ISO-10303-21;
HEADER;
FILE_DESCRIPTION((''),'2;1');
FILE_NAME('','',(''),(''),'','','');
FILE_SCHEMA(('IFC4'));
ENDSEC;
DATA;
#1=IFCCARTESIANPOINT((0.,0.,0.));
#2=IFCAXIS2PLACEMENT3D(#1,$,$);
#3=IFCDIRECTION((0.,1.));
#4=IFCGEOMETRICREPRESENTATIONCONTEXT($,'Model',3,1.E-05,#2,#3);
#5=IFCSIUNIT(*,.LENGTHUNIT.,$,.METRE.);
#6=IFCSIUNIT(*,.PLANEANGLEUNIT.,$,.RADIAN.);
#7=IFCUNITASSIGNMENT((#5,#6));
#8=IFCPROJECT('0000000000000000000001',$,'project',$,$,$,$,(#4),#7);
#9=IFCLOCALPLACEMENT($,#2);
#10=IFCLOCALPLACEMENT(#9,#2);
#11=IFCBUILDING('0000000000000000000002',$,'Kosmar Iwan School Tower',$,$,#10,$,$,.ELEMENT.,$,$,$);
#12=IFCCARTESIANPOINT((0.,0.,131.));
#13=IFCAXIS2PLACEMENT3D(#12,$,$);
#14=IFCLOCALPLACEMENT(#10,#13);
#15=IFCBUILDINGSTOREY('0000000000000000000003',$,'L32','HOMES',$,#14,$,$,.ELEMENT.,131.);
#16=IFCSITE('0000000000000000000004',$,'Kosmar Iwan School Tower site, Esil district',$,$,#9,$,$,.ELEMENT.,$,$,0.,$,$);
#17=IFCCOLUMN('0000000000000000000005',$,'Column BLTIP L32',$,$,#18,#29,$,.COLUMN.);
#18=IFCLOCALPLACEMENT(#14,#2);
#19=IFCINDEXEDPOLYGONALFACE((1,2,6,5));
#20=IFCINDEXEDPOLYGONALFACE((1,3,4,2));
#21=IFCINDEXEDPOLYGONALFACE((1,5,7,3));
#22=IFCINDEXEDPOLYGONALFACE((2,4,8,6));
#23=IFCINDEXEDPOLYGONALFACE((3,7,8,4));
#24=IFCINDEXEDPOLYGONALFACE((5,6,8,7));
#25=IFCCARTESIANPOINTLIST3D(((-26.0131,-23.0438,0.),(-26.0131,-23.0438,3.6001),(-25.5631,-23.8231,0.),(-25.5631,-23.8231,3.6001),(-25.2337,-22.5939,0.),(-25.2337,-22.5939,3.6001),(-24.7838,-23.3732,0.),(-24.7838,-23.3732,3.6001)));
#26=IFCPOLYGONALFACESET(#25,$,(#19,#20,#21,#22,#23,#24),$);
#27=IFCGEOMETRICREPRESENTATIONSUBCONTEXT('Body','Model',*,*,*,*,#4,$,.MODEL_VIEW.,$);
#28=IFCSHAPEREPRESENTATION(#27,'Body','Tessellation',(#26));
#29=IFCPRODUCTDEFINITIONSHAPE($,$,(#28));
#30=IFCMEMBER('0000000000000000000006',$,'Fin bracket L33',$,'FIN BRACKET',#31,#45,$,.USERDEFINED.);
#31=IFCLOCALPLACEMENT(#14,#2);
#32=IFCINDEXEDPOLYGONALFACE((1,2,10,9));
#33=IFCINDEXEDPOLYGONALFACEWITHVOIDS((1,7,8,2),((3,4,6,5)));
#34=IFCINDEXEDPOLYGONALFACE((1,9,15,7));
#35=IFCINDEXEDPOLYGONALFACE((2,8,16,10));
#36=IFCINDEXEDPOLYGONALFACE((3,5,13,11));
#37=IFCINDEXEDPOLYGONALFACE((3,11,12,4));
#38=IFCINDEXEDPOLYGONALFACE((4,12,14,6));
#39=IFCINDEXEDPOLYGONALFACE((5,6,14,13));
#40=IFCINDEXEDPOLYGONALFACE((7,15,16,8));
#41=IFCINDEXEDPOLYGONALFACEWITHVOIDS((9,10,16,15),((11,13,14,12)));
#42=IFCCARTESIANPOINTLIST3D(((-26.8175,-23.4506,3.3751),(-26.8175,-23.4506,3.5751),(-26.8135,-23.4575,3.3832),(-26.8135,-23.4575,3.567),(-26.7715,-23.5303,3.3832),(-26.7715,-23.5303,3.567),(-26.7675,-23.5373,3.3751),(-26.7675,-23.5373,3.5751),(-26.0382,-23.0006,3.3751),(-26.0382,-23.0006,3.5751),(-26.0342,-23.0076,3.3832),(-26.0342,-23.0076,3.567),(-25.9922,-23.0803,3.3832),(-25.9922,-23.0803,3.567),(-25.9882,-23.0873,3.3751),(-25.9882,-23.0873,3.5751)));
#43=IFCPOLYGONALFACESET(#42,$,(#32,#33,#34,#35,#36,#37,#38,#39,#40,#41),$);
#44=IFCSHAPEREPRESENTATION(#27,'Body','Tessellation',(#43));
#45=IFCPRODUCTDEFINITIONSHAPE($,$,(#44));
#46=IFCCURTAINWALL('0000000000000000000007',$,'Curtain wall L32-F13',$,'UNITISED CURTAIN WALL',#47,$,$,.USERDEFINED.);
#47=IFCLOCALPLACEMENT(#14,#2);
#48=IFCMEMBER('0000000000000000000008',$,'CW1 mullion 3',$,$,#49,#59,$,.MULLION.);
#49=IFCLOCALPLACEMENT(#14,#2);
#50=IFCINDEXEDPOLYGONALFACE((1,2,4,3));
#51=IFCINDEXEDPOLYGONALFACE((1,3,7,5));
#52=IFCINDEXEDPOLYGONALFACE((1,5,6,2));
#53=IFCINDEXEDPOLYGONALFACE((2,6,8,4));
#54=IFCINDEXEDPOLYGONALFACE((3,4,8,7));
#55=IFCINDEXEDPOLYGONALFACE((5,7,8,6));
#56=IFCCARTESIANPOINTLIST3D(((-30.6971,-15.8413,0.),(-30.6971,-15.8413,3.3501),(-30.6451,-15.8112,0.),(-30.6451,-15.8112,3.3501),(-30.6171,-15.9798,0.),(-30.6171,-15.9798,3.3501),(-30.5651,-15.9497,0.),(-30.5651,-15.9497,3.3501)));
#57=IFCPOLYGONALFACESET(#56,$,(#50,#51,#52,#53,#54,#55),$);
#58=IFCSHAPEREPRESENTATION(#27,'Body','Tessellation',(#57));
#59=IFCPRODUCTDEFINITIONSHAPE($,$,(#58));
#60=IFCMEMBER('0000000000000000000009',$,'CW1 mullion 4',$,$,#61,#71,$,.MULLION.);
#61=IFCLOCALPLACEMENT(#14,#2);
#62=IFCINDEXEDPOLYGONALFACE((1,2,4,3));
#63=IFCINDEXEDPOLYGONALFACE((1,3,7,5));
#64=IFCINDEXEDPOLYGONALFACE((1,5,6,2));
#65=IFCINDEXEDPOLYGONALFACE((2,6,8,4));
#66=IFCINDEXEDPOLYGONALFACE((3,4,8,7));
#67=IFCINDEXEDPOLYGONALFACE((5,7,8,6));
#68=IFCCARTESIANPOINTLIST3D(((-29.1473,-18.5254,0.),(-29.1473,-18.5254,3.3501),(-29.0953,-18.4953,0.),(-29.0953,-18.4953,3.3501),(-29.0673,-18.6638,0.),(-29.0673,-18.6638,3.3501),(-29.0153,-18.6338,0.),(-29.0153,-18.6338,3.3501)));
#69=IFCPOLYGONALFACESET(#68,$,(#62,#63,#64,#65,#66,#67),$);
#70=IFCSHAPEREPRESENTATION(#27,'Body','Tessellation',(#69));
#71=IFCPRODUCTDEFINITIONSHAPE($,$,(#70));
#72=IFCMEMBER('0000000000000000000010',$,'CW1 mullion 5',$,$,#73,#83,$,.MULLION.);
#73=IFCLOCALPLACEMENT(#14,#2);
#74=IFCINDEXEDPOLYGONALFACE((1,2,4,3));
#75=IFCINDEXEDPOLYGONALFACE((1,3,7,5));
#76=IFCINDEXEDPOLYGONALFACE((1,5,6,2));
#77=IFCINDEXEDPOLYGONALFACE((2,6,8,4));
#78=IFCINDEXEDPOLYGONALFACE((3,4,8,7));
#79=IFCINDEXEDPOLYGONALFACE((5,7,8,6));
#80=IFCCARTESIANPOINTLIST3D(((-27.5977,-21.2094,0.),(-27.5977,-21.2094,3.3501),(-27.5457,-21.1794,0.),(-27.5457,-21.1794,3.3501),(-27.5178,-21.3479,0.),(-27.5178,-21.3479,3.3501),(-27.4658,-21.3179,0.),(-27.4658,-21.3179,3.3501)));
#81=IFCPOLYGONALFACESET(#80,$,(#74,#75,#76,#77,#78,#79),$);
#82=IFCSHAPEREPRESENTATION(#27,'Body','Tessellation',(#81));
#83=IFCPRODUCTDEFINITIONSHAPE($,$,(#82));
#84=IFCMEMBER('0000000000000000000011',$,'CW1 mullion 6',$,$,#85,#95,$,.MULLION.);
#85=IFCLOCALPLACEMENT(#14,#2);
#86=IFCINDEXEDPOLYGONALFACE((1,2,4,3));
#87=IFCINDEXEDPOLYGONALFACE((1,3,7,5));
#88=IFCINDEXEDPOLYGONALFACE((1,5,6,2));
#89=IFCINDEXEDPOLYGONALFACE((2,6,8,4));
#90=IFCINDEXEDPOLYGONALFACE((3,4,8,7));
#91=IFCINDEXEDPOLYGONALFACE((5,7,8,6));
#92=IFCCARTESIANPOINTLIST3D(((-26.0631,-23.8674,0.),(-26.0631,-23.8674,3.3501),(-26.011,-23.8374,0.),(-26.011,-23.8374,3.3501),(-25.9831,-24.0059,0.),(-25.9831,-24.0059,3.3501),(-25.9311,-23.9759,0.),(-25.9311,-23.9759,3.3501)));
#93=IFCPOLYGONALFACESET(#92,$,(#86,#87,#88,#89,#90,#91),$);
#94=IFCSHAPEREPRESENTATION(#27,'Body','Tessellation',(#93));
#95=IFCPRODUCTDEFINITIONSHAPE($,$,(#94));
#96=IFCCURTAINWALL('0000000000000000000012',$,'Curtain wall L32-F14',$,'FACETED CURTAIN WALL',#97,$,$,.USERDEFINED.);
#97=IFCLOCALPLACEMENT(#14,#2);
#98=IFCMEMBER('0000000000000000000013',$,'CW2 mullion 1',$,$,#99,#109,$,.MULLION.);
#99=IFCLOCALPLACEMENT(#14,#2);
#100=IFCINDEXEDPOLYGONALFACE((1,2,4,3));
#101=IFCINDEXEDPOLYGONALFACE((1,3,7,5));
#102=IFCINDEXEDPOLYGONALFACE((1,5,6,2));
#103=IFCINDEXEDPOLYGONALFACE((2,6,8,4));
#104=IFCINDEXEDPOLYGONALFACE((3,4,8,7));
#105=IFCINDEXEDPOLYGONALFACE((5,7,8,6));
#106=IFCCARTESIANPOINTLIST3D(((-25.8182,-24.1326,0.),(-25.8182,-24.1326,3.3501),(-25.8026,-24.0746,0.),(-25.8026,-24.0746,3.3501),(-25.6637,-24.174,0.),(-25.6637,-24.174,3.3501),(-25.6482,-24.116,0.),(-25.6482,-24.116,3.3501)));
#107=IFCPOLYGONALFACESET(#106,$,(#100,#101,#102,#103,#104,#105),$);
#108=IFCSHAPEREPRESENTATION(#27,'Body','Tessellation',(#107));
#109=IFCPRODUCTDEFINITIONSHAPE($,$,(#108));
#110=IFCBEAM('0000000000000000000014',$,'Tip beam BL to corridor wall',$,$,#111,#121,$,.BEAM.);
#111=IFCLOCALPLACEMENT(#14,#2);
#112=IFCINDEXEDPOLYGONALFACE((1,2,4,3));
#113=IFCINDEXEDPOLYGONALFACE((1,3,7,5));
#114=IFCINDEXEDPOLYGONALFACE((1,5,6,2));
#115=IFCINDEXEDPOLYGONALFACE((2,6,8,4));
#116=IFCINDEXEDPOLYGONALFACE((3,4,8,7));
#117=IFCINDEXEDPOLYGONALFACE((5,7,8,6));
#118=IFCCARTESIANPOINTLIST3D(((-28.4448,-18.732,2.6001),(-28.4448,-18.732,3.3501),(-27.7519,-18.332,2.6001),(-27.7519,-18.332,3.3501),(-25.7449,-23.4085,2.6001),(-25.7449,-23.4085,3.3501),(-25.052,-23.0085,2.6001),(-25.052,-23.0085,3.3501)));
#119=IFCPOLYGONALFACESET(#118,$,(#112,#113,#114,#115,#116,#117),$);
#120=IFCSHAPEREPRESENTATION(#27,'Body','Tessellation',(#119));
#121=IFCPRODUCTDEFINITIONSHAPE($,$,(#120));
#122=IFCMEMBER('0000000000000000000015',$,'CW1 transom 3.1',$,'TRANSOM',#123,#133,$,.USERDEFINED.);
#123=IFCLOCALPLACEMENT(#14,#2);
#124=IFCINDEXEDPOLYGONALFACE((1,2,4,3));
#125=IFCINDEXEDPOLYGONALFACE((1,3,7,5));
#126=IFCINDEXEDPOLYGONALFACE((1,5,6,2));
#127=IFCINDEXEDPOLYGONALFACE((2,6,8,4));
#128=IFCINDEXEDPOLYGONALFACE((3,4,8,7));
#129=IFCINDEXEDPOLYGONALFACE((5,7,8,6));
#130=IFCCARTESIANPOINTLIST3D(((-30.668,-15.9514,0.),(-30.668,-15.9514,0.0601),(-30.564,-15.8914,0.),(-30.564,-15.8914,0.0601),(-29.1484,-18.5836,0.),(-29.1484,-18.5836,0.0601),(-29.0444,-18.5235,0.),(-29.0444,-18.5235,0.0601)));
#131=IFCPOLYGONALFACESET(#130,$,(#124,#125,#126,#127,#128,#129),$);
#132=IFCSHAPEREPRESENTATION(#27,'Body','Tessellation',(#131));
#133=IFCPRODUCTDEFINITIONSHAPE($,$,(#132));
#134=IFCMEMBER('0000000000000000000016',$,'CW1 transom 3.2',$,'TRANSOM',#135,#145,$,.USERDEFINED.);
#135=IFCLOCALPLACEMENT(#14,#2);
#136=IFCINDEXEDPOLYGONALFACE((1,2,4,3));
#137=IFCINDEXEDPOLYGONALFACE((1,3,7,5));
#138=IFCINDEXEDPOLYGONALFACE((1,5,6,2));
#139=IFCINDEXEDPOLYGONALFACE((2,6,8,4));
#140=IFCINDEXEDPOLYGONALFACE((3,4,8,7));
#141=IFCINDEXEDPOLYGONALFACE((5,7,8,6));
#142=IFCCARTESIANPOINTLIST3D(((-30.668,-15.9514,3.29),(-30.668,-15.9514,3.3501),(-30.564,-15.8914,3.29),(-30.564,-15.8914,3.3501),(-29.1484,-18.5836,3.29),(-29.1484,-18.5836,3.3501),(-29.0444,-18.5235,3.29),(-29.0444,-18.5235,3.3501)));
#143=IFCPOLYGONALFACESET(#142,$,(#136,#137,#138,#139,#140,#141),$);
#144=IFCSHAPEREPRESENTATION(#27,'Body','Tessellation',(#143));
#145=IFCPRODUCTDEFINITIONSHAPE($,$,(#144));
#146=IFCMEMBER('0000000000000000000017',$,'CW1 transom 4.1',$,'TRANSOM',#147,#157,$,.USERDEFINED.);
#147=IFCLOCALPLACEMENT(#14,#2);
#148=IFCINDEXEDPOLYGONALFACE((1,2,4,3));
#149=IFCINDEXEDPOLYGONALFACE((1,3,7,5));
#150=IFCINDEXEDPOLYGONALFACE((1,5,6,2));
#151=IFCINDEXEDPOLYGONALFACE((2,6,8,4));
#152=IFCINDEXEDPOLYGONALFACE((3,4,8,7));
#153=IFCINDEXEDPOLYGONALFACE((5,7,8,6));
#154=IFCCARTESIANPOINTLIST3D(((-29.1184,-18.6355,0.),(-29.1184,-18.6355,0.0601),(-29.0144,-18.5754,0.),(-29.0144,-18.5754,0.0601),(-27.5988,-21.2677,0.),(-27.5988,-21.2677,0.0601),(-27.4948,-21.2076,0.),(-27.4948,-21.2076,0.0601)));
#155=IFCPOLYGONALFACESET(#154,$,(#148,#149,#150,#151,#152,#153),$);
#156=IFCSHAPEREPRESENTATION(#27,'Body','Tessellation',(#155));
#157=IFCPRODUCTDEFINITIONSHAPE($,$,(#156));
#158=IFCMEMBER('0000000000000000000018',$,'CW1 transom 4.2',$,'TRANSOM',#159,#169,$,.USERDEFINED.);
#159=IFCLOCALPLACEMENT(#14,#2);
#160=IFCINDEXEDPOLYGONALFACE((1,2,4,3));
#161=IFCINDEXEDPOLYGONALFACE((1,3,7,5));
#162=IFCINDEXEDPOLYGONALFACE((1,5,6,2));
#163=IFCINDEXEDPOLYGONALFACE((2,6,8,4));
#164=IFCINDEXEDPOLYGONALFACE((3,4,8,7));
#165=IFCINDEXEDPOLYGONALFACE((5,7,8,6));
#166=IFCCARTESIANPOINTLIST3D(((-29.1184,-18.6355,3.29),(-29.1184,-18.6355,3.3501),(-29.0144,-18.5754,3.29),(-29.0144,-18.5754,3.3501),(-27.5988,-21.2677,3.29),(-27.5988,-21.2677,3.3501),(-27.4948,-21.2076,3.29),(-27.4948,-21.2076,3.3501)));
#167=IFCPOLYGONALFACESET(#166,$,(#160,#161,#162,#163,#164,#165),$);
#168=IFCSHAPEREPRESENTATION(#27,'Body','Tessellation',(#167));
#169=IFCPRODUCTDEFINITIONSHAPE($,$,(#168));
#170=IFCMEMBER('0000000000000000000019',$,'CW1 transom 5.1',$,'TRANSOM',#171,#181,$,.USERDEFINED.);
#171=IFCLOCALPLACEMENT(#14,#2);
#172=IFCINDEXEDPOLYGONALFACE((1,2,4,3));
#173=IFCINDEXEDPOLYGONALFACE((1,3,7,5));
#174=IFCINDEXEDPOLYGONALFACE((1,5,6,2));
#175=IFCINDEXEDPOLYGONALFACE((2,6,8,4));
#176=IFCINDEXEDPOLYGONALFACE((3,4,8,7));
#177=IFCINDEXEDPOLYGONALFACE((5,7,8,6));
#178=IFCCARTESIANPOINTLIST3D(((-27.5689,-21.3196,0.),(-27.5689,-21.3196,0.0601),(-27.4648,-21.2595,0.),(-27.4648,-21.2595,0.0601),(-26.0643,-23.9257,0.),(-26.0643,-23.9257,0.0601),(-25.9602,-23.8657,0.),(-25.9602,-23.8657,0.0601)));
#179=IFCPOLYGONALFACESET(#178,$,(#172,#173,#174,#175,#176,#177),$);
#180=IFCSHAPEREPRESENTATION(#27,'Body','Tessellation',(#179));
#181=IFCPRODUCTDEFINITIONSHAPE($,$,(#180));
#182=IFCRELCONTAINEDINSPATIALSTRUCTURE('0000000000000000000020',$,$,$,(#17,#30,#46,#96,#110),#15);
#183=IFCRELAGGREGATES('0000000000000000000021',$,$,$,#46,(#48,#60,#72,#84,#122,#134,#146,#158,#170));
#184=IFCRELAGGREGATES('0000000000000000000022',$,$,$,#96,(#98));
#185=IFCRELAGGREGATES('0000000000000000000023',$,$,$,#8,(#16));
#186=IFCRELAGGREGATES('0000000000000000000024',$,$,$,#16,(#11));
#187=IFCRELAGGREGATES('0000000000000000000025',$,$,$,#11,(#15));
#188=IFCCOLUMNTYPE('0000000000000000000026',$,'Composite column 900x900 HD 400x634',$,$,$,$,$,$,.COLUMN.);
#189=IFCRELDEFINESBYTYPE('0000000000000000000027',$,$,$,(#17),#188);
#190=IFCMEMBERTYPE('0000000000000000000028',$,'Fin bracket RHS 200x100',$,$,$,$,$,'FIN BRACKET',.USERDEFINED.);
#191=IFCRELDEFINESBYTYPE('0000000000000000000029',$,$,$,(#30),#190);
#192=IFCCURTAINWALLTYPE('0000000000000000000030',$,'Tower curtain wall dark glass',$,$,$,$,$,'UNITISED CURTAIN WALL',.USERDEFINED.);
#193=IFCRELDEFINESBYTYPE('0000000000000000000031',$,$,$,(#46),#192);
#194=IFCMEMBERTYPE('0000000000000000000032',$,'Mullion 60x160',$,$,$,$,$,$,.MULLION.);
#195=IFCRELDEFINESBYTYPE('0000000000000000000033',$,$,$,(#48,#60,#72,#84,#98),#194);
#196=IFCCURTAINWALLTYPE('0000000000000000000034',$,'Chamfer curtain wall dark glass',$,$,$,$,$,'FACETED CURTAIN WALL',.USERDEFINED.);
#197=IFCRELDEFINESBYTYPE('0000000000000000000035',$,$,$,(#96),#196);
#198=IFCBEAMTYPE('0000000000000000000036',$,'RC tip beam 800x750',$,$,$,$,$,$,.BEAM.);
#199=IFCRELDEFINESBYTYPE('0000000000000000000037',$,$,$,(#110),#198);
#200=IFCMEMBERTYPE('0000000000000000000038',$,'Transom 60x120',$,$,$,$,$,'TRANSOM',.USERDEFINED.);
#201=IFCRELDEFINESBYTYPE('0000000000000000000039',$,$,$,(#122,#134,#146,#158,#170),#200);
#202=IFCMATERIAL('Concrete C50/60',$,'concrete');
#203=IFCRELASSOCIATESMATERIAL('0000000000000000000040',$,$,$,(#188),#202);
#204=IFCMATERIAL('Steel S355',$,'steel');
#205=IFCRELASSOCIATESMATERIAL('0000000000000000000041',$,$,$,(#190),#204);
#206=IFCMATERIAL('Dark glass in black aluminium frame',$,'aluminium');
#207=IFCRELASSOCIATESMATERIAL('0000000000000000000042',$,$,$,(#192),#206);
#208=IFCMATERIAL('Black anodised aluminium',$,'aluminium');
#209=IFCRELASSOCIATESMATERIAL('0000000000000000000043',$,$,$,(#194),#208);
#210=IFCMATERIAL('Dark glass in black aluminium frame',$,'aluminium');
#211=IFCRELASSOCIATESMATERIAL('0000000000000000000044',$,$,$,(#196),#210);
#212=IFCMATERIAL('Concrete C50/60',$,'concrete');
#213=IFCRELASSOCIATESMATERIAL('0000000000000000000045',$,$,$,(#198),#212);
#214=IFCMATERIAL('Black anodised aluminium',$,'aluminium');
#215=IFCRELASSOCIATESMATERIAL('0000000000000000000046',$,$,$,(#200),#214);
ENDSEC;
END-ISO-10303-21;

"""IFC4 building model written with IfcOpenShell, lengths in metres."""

from ifc_helpers import new_model, si_unit, direction, frame, origin, origin_2d, place, context, subcontext, project, spatial, rectangle, hollow_rectangle, extrude, material, material_profile, profile_set, type_object, element, aggregate, save


model = new_model("IFC4")

# Units and contexts
model_context = context("Model", 3, precision=1e-05, world=origin(), true_north=direction((0.0, 1.0)))
body_context = subcontext(model_context, "Body", "Model", "MODEL_VIEW")
ifc_project = project(units=[si_unit("LENGTHUNIT", "METRE"), si_unit("PLANEANGLEUNIT", "RADIAN")], contexts=[model_context])

# Site, building, storey
site_placement = place(None, origin())
site = spatial("IfcSite", under=ifc_project, at=site_placement, Name="Kosmar Iwan School Tower site, Esil district", CompositionType="ELEMENT", RefElevation=0.0)
building_placement = place(site_placement, origin())
building = spatial("IfcBuilding", under=site, at=building_placement, Name="Kosmar Iwan School Tower", CompositionType="ELEMENT")
storey_placement = place(building_placement, frame((0.0, 0.0, 131.0)))
storey = spatial("IfcBuildingStorey", under=building, at=storey_placement, Name="L32", Description="HOMES", CompositionType="ELEMENT", Elevation=131.0)

# Column
ifc_material_1 = material(Name="Concrete C50/60", Category="concrete")
ifc_material_profile_1 = material_profile(ifc_material_1, rectangle(XDim=0.8999, YDim=0.8999, at=origin_2d()), Name="RC 900x900 + HD 400x634")
ifc_profile_set_1 = profile_set([ifc_material_profile_1], Name="Concrete C50/60")
column_type = type_object("IfcColumnType", Name="Composite column 900x900 HD 400x634", PredefinedType="COLUMN", material=ifc_profile_set_1)
column_placement = place(storey_placement, frame((-25.3984, -23.2085, 0.0), z_axis=(0.0, 0.0, 1.0), x_axis=(-0.866025, -0.5, 0.0)))
element("IfcColumn", 1, at=column_placement, inside=storey, type_object=column_type, Name="Column BLTIP L32", PredefinedType="COLUMN", context=body_context, shape_type="SweptSolid", body=[
    extrude(rectangle(XDim=0.8999, YDim=0.8999, at=origin_2d()), origin(), (0.0, 0.0, 1.0), 3.6001),
])

# Member
ifc_material_2 = material(Name="Steel S355", Category="steel")
ifc_material_profile_2 = material_profile(ifc_material_2, hollow_rectangle(XDim=0.1001, YDim=0.2, WallThickness=0.0081, at=origin_2d()), Name="RHS 200x100x8")
ifc_profile_set_2 = profile_set([ifc_material_profile_2], Name="Steel S355")
member_type_1 = type_object("IfcMemberType", Name="Fin bracket RHS 200x100", ElementType="FIN BRACKET", PredefinedType="USERDEFINED", material=ifc_profile_set_2)
member_1_placement = place(storey_placement, frame((-26.0132, -23.0439, 3.4751), z_axis=(-0.866014, -0.50002, 0.0), x_axis=(0.50002, -0.866014, 0.0)))
element("IfcMember", 2, at=member_1_placement, inside=storey, type_object=member_type_1, Name="Fin bracket L33", ObjectType="FIN BRACKET", PredefinedType="USERDEFINED", context=body_context, shape_type="SweptSolid", body=[
    extrude(hollow_rectangle(XDim=0.1001, YDim=0.2, WallThickness=0.0081, at=origin_2d()), origin(), (0.0, 0.0, 1.0), 0.8999),
])

# Curtain wall, members
ifc_material_3 = material(Name="Dark glass in black aluminium frame", Category="aluminium")
curtain_wall_type_1 = type_object("IfcCurtainWallType", Name="Tower curtain wall dark glass", ElementType="UNITISED CURTAIN WALL", PredefinedType="USERDEFINED", material=ifc_material_3)
curtain_wall_1_placement = place(storey_placement, origin())
curtain_wall_1 = element("IfcCurtainWall", 3, at=curtain_wall_1_placement, inside=storey, type_object=curtain_wall_type_1, Name="Curtain wall L32-F13", ObjectType="UNITISED CURTAIN WALL", PredefinedType="USERDEFINED")
ifc_material_4 = material(Name="Black anodised aluminium", Category="aluminium")
ifc_material_profile_3 = material_profile(ifc_material_4, rectangle(XDim=0.0601, YDim=0.1599, at=origin_2d()), Name="MULLION 60x160")
ifc_profile_set_3 = profile_set([ifc_material_profile_3], Name="Black anodised aluminium")
member_type_2 = type_object("IfcMemberType", Name="Mullion 60x160", PredefinedType="MULLION", material=ifc_profile_set_3)
member_2_placement = place(storey_placement, frame((-30.6311, -15.8955, 0.0), z_axis=(0.0, 0.0, 1.0), x_axis=(0.866025, 0.5, 0.0)))
member_2 = element("IfcMember", 4, at=member_2_placement, type_object=member_type_2, Name="CW1 mullion 3", PredefinedType="MULLION", context=body_context, shape_type="SweptSolid", body=[
    extrude(rectangle(XDim=0.0601, YDim=0.1599, at=origin_2d()), origin(), (0.0, 0.0, 1.0), 3.3501),
])
member_3_placement = place(storey_placement, frame((-29.0813, -18.5796, 0.0), z_axis=(0.0, 0.0, 1.0), x_axis=(0.866025, 0.5, 0.0)))
member_3 = element("IfcMember", 5, at=member_3_placement, type_object=member_type_2, Name="CW1 mullion 4", PredefinedType="MULLION", context=body_context, shape_type="SweptSolid", body=[
    extrude(rectangle(XDim=0.0601, YDim=0.1599, at=origin_2d()), origin(), (0.0, 0.0, 1.0), 3.3501),
])
member_4_placement = place(storey_placement, frame((-27.5317, -21.2637, 0.0), z_axis=(0.0, 0.0, 1.0), x_axis=(0.866025, 0.5, 0.0)))
member_4 = element("IfcMember", 6, at=member_4_placement, type_object=member_type_2, Name="CW1 mullion 5", PredefinedType="MULLION", context=body_context, shape_type="SweptSolid", body=[
    extrude(rectangle(XDim=0.0601, YDim=0.1599, at=origin_2d()), origin(), (0.0, 0.0, 1.0), 3.3501),
])
member_5_placement = place(storey_placement, frame((-25.9971, -23.9216, 0.0), z_axis=(0.0, 0.0, 1.0), x_axis=(0.866025, 0.5, 0.0)))
member_5 = element("IfcMember", 7, at=member_5_placement, type_object=member_type_2, Name="CW1 mullion 6", PredefinedType="MULLION", context=body_context, shape_type="SweptSolid", body=[
    extrude(rectangle(XDim=0.0601, YDim=0.1599, at=origin_2d()), origin(), (0.0, 0.0, 1.0), 3.3501),
])

# Curtain wall, member
ifc_material_5 = material(Name="Dark glass in black aluminium frame", Category="aluminium")
curtain_wall_type_2 = type_object("IfcCurtainWallType", Name="Chamfer curtain wall dark glass", ElementType="FACETED CURTAIN WALL", PredefinedType="USERDEFINED", material=ifc_material_5)
curtain_wall_2_placement = place(storey_placement, origin())
curtain_wall_2 = element("IfcCurtainWall", 8, at=curtain_wall_2_placement, inside=storey, type_object=curtain_wall_type_2, Name="Curtain wall L32-F14", ObjectType="FACETED CURTAIN WALL", PredefinedType="USERDEFINED")
member_6_placement = place(storey_placement, frame((-25.7332, -24.1243, 0.0), z_axis=(0.0, 0.0, 1.0), x_axis=(0.258819, 0.965926, 0.0)))
member_6 = element("IfcMember", 9, at=member_6_placement, type_object=member_type_2, Name="CW2 mullion 1", PredefinedType="MULLION", context=body_context, shape_type="SweptSolid", body=[
    extrude(rectangle(XDim=0.0601, YDim=0.1599, at=origin_2d()), origin(), (0.0, 0.0, 1.0), 3.3501),
])

# Beam
ifc_material_6 = material(Name="Concrete C50/60", Category="concrete")
ifc_material_profile_4 = material_profile(ifc_material_6, rectangle(XDim=0.8, YDim=0.75, at=origin_2d()), Name="RC 800x750")
ifc_profile_set_4 = profile_set([ifc_material_profile_4], Name="Concrete C50/60")
beam_type = type_object("IfcBeamType", Name="RC tip beam 800x750", PredefinedType="BEAM", material=ifc_profile_set_4)
beam_placement = place(storey_placement, frame((-25.3984, -23.2085, 2.9751), z_axis=(-0.499995, 0.866028, 0.0), x_axis=(-0.866028, -0.499995, 0.0)))
element("IfcBeam", 10, at=beam_placement, inside=storey, type_object=beam_type, Name="Tip beam BL to corridor wall", PredefinedType="BEAM", context=body_context, shape_type="SweptSolid", body=[
    extrude(rectangle(XDim=0.8, YDim=0.75, at=origin_2d()), origin(), (0.0, 0.0, 1.0), 5.3999),
])

# Members
ifc_material_7 = material(Name="Black anodised aluminium", Category="aluminium")
ifc_material_profile_5 = material_profile(ifc_material_7, rectangle(XDim=0.1201, YDim=0.0601, at=origin_2d()), Name="TRANSOM 60x120")
ifc_profile_set_5 = profile_set([ifc_material_profile_5], Name="Black anodised aluminium")
member_type_3 = type_object("IfcMemberType", Name="Transom 60x120", ElementType="TRANSOM", PredefinedType="USERDEFINED", material=ifc_profile_set_5)
member_7_placement = place(storey_placement, frame((-30.616, -15.9214, 0.03), z_axis=(0.499975, -0.86604, 0.0), x_axis=(0.86604, 0.499975, 0.0)))
member_7 = element("IfcMember", 11, at=member_7_placement, type_object=member_type_3, Name="CW1 transom 3.1", ObjectType="TRANSOM", PredefinedType="USERDEFINED", context=body_context, shape_type="SweptSolid", body=[
    extrude(rectangle(XDim=0.1201, YDim=0.0601, at=origin_2d()), origin(), (0.0, 0.0, 1.0), 3.0393),
])
member_8_placement = place(storey_placement, frame((-30.616, -15.9214, 3.3201), z_axis=(0.499975, -0.86604, 0.0), x_axis=(0.86604, 0.499975, 0.0)))
member_8 = element("IfcMember", 12, at=member_8_placement, type_object=member_type_3, Name="CW1 transom 3.2", ObjectType="TRANSOM", PredefinedType="USERDEFINED", context=body_context, shape_type="SweptSolid", body=[
    extrude(rectangle(XDim=0.1201, YDim=0.0601, at=origin_2d()), origin(), (0.0, 0.0, 1.0), 3.0393),
])
member_9_placement = place(storey_placement, frame((-29.0664, -18.6055, 0.03), z_axis=(0.499975, -0.86604, 0.0), x_axis=(0.86604, 0.499975, 0.0)))
member_9 = element("IfcMember", 13, at=member_9_placement, type_object=member_type_3, Name="CW1 transom 4.1", ObjectType="TRANSOM", PredefinedType="USERDEFINED", context=body_context, shape_type="SweptSolid", body=[
    extrude(rectangle(XDim=0.1201, YDim=0.0601, at=origin_2d()), origin(), (0.0, 0.0, 1.0), 3.0393),
])
member_10_placement = place(storey_placement, frame((-29.0664, -18.6055, 3.3201), z_axis=(0.499975, -0.86604, 0.0), x_axis=(0.86604, 0.499975, 0.0)))
member_10 = element("IfcMember", 14, at=member_10_placement, type_object=member_type_3, Name="CW1 transom 4.2", ObjectType="TRANSOM", PredefinedType="USERDEFINED", context=body_context, shape_type="SweptSolid", body=[
    extrude(rectangle(XDim=0.1201, YDim=0.0601, at=origin_2d()), origin(), (0.0, 0.0, 1.0), 3.0393),
])
member_11_placement = place(storey_placement, frame((-27.5168, -21.2896, 0.03), z_axis=(0.499987, -0.866033, 0.0), x_axis=(0.866033, 0.499987, 0.0)))
member_11 = element("IfcMember", 15, at=member_11_placement, type_object=member_type_3, Name="CW1 transom 5.1", ObjectType="TRANSOM", PredefinedType="USERDEFINED", context=body_context, shape_type="SweptSolid", body=[
    extrude(rectangle(XDim=0.1201, YDim=0.0601, at=origin_2d()), origin(), (0.0, 0.0, 1.0), 3.0093),
])

aggregate(curtain_wall_1, [member_2, member_3, member_4, member_5, member_7, member_8, member_9, member_10, member_11])
aggregate(curtain_wall_2, [member_6])

save(model, "model.ifc")
